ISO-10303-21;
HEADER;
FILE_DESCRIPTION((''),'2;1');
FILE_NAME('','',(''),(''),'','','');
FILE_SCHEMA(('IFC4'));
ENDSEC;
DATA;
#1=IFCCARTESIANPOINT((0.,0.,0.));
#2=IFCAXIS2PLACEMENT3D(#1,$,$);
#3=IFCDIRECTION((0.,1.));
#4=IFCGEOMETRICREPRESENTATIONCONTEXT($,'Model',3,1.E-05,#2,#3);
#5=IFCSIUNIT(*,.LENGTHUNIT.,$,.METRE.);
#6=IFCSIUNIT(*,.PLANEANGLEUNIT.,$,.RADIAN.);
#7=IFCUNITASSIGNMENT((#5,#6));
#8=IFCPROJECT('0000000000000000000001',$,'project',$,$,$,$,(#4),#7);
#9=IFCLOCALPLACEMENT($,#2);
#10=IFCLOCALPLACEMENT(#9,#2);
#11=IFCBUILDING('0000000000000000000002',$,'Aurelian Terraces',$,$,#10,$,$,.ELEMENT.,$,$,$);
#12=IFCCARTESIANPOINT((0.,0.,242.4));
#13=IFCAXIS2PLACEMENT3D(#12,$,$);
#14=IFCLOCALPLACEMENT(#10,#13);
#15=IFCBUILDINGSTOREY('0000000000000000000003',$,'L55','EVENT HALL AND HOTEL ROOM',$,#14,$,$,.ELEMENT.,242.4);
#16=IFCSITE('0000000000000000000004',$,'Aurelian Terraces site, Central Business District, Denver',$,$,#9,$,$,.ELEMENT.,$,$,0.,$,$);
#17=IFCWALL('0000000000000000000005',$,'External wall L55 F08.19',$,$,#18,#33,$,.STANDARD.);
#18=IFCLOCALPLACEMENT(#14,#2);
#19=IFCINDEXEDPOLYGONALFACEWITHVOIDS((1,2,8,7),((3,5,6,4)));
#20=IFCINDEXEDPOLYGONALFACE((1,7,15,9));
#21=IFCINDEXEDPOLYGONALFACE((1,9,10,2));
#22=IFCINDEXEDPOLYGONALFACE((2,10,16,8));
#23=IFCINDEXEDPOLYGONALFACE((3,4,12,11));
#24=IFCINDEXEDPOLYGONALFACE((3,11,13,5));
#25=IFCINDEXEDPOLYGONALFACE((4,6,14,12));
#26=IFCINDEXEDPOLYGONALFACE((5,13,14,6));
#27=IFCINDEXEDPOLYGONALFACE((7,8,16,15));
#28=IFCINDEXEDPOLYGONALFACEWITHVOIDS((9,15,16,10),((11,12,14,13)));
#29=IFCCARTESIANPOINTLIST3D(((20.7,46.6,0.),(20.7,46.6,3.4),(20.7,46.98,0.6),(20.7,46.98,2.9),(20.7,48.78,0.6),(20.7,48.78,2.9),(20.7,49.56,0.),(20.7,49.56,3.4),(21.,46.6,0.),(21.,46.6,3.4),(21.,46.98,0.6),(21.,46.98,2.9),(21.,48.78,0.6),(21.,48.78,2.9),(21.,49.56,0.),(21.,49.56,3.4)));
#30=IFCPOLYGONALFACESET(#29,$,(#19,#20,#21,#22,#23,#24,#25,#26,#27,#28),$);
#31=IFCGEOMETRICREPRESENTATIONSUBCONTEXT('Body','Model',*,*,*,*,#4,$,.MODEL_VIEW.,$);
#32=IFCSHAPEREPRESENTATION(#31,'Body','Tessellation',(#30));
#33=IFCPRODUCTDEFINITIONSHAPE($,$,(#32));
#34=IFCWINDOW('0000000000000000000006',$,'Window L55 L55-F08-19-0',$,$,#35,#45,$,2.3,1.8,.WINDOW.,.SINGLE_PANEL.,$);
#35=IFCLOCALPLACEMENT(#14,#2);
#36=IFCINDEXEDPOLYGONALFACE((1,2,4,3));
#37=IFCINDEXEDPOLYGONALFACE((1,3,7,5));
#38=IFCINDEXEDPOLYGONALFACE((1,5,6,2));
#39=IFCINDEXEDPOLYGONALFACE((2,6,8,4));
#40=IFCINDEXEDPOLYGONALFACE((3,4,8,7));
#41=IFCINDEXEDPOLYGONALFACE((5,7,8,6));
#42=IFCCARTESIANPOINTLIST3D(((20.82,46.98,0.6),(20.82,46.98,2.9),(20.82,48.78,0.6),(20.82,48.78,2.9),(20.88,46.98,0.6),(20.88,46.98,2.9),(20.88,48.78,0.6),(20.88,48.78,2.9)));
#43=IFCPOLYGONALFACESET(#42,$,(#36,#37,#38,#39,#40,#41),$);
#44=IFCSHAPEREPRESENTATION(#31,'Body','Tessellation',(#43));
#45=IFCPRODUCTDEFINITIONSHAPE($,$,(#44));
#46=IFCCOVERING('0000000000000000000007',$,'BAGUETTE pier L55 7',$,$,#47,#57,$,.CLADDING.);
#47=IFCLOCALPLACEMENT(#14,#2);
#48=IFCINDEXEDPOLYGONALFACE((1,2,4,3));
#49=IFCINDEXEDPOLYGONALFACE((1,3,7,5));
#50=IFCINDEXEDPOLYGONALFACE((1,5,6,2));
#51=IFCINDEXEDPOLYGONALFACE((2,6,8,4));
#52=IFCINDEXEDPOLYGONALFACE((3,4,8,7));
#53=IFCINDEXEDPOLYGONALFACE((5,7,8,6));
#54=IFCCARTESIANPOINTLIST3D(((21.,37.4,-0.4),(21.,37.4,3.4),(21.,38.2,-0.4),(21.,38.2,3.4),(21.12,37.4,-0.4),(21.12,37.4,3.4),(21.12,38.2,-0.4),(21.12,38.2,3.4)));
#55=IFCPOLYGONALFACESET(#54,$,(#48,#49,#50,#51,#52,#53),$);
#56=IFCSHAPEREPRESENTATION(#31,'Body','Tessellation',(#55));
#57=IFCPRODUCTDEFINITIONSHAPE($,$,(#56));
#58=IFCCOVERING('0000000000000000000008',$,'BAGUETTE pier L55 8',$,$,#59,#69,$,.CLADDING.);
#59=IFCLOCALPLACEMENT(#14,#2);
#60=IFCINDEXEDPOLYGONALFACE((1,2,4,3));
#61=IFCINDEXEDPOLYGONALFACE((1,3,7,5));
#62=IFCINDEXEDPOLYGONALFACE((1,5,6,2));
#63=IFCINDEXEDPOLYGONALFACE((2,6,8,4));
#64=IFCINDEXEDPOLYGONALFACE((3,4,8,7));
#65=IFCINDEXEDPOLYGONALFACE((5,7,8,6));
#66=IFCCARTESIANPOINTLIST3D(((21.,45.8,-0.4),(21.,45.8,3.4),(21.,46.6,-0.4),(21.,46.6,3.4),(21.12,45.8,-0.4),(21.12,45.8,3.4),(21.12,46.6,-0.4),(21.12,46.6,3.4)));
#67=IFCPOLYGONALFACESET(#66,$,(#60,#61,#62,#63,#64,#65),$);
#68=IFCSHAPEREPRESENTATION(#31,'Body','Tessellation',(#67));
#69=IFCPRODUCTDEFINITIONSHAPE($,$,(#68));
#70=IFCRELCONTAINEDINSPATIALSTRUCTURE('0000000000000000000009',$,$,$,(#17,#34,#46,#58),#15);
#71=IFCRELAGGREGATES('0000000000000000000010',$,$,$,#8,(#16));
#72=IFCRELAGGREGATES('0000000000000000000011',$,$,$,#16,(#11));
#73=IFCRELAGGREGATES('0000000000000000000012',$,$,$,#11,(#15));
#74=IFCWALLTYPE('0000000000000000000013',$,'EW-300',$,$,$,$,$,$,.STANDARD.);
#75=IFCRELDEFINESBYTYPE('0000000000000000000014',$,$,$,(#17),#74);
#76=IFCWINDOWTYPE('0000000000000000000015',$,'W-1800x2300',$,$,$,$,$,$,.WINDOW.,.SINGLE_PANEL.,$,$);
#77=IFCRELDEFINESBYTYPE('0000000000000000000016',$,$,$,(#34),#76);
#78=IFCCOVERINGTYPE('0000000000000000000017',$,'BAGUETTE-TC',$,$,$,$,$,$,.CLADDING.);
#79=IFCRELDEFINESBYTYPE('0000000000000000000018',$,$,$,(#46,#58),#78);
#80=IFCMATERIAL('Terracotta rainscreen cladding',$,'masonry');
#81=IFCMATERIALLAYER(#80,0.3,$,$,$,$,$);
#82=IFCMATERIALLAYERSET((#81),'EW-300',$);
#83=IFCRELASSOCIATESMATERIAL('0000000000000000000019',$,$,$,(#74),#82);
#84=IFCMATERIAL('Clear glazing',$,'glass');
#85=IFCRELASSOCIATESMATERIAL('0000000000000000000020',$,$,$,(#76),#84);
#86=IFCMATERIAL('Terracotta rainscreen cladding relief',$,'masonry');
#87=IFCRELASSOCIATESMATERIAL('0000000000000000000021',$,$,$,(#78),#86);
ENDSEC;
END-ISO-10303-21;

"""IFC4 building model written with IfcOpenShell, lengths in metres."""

from ifc_helpers import new_model, si_unit, direction, frame, frame_2d, origin, origin_2d, place, context, subcontext, project, spatial, rectangle, extrude, source, transform, mapped, material, layer, layer_set, type_object, element, fill, save


model = new_model("IFC4")

# Units and contexts
model_context = context("Model", 3, precision=1e-05, world=origin(), true_north=direction((0.0, 1.0)))
body_context = subcontext(model_context, "Body", "Model", "MODEL_VIEW")
ifc_project = project(units=[si_unit("LENGTHUNIT", "METRE"), si_unit("PLANEANGLEUNIT", "RADIAN")], contexts=[model_context])

# Site, building, storey
site_placement = place(None, origin())
site = spatial("IfcSite", under=ifc_project, at=site_placement, Name="Aurelian Terraces site, Central Business District, Denver", CompositionType="ELEMENT", RefElevation=0.0)
building_placement = place(site_placement, origin())
building = spatial("IfcBuilding", under=site, at=building_placement, Name="Aurelian Terraces", CompositionType="ELEMENT")
storey_placement = place(building_placement, frame((0.0, 0.0, 242.4)))
storey = spatial("IfcBuildingStorey", under=building, at=storey_placement, Name="L55", Description="EVENT HALL AND HOTEL ROOM", CompositionType="ELEMENT", Elevation=242.4)

# Shared definitions
ifc_material_1 = material(Name="Terracotta rainscreen cladding", Category="masonry")
ifc_layer_1 = layer(ifc_material_1, 0.3)
ifc_layer_set_1 = layer_set([ifc_layer_1], Name="EW-300")
wall_type_1 = type_object("IfcWallType", Name="EW-300", PredefinedType="STANDARD", material=ifc_layer_set_1)
ifc_material_2 = material(Name="Clear glazing", Category="glass")

# Shared definitions
shared_shape_1 = source(origin(), body_context, "Body", "SweptSolid", [
    extrude(rectangle(XDim=1.8, YDim=2.3, at=frame_2d((0.9, 1.15))), frame((0.0, 0.16, 0.0), z_axis=(0.0, -1.0, 0.0), x_axis=(1.0, 0.0, 0.0)), (0.0, 0.0, 1.0), 0.32),
])
window_type_1 = type_object("IfcWindowType", Name="W-1800x2300", PartitioningType="SINGLE_PANEL", PredefinedType="WINDOW", material=ifc_material_2)
shared_shape_2 = source(origin(), body_context, "Body", "SweptSolid", [
    extrude(rectangle(XDim=1.8, YDim=2.3, at=frame_2d((0.9, 1.15))), frame((0.0, 0.03, 0.0), z_axis=(0.0, -1.0, 0.0), x_axis=(1.0, 0.0, 0.0)), (0.0, 0.0, 1.0), 0.06),
])

# Wall, opening, window
shared_shape_3 = source(origin(), body_context, "Body", "SweptSolid", [
    extrude(rectangle(XDim=2.96, YDim=0.3, at=frame_2d((1.48, 0.0))), origin(), (0.0, 0.0, 1.0), 3.4),
])
wall_1_placement = place(storey_placement, frame((20.85, 46.6, 0.0), z_axis=(0.0, 0.0, 1.0), x_axis=(0.0, 1.0, 0.0)))
wall_1 = element("IfcWall", 1, at=wall_1_placement, inside=storey, type_object=wall_type_1, Name="External wall L55 F08.19", PredefinedType="STANDARD", context=body_context, shape_type="MappedRepresentation", body=[
    mapped(shared_shape_3, transform((0.0, 0.0, 0.0), scale=1.0)),
])
opening_1_placement = place(wall_1_placement, frame((0.38, 0.0, 0.6)))
opening_1 = element("IfcOpeningElement", 2, at=opening_1_placement, cuts=wall_1, PredefinedType="OPENING", context=body_context, shape_type="MappedRepresentation", body=[
    mapped(shared_shape_1, transform((0.0, 0.0, 0.0), scale=1.0)),
])
window_1_placement = place(opening_1_placement, origin())
window_1 = element("IfcWindow", 3, at=window_1_placement, inside=storey, type_object=window_type_1, Name="Window L55 L55-F08-19-0", OverallHeight=2.3, OverallWidth=1.8, PartitioningType="SINGLE_PANEL", PredefinedType="WINDOW", context=body_context, shape_type="MappedRepresentation", body=[
    mapped(shared_shape_2, transform((0.0, 0.0, 0.0), scale=1.0)),
])
fill(opening_1, window_1)

# Coverings
ifc_material_3 = material(Name="Terracotta rainscreen cladding relief", Category="masonry")
covering_type = type_object("IfcCoveringType", Name="BAGUETTE-TC", PredefinedType="CLADDING", material=ifc_material_3)
shared_shape_4 = source(origin(), body_context, "Body", "SweptSolid", [
    extrude(rectangle(XDim=0.12, YDim=0.8, at=origin_2d()), origin(), (0.0, 0.0, 1.0), 3.8),
])
for number, where, z_axis, x_axis, name in (
    (4, (21.06, 37.8, -0.4), (0.0, 0.0, 1.0), (1.0, 0.0, 0.0), "BAGUETTE pier L55 7"),
    (5, (21.06, 46.2, -0.4), (0.0, 0.0, 1.0), (1.0, 0.0, 0.0), "BAGUETTE pier L55 8"),
):
    element("IfcCovering", number, at=place(storey_placement, frame(where, z_axis=z_axis, x_axis=x_axis)), inside=storey, type_object=covering_type, Name=name, PredefinedType="CLADDING", context=body_context, shape_type="MappedRepresentation", body=[
        mapped(shared_shape_4, transform((0.0, 0.0, 0.0), scale=1.0)),
    ])

save(model, "model.ifc")
